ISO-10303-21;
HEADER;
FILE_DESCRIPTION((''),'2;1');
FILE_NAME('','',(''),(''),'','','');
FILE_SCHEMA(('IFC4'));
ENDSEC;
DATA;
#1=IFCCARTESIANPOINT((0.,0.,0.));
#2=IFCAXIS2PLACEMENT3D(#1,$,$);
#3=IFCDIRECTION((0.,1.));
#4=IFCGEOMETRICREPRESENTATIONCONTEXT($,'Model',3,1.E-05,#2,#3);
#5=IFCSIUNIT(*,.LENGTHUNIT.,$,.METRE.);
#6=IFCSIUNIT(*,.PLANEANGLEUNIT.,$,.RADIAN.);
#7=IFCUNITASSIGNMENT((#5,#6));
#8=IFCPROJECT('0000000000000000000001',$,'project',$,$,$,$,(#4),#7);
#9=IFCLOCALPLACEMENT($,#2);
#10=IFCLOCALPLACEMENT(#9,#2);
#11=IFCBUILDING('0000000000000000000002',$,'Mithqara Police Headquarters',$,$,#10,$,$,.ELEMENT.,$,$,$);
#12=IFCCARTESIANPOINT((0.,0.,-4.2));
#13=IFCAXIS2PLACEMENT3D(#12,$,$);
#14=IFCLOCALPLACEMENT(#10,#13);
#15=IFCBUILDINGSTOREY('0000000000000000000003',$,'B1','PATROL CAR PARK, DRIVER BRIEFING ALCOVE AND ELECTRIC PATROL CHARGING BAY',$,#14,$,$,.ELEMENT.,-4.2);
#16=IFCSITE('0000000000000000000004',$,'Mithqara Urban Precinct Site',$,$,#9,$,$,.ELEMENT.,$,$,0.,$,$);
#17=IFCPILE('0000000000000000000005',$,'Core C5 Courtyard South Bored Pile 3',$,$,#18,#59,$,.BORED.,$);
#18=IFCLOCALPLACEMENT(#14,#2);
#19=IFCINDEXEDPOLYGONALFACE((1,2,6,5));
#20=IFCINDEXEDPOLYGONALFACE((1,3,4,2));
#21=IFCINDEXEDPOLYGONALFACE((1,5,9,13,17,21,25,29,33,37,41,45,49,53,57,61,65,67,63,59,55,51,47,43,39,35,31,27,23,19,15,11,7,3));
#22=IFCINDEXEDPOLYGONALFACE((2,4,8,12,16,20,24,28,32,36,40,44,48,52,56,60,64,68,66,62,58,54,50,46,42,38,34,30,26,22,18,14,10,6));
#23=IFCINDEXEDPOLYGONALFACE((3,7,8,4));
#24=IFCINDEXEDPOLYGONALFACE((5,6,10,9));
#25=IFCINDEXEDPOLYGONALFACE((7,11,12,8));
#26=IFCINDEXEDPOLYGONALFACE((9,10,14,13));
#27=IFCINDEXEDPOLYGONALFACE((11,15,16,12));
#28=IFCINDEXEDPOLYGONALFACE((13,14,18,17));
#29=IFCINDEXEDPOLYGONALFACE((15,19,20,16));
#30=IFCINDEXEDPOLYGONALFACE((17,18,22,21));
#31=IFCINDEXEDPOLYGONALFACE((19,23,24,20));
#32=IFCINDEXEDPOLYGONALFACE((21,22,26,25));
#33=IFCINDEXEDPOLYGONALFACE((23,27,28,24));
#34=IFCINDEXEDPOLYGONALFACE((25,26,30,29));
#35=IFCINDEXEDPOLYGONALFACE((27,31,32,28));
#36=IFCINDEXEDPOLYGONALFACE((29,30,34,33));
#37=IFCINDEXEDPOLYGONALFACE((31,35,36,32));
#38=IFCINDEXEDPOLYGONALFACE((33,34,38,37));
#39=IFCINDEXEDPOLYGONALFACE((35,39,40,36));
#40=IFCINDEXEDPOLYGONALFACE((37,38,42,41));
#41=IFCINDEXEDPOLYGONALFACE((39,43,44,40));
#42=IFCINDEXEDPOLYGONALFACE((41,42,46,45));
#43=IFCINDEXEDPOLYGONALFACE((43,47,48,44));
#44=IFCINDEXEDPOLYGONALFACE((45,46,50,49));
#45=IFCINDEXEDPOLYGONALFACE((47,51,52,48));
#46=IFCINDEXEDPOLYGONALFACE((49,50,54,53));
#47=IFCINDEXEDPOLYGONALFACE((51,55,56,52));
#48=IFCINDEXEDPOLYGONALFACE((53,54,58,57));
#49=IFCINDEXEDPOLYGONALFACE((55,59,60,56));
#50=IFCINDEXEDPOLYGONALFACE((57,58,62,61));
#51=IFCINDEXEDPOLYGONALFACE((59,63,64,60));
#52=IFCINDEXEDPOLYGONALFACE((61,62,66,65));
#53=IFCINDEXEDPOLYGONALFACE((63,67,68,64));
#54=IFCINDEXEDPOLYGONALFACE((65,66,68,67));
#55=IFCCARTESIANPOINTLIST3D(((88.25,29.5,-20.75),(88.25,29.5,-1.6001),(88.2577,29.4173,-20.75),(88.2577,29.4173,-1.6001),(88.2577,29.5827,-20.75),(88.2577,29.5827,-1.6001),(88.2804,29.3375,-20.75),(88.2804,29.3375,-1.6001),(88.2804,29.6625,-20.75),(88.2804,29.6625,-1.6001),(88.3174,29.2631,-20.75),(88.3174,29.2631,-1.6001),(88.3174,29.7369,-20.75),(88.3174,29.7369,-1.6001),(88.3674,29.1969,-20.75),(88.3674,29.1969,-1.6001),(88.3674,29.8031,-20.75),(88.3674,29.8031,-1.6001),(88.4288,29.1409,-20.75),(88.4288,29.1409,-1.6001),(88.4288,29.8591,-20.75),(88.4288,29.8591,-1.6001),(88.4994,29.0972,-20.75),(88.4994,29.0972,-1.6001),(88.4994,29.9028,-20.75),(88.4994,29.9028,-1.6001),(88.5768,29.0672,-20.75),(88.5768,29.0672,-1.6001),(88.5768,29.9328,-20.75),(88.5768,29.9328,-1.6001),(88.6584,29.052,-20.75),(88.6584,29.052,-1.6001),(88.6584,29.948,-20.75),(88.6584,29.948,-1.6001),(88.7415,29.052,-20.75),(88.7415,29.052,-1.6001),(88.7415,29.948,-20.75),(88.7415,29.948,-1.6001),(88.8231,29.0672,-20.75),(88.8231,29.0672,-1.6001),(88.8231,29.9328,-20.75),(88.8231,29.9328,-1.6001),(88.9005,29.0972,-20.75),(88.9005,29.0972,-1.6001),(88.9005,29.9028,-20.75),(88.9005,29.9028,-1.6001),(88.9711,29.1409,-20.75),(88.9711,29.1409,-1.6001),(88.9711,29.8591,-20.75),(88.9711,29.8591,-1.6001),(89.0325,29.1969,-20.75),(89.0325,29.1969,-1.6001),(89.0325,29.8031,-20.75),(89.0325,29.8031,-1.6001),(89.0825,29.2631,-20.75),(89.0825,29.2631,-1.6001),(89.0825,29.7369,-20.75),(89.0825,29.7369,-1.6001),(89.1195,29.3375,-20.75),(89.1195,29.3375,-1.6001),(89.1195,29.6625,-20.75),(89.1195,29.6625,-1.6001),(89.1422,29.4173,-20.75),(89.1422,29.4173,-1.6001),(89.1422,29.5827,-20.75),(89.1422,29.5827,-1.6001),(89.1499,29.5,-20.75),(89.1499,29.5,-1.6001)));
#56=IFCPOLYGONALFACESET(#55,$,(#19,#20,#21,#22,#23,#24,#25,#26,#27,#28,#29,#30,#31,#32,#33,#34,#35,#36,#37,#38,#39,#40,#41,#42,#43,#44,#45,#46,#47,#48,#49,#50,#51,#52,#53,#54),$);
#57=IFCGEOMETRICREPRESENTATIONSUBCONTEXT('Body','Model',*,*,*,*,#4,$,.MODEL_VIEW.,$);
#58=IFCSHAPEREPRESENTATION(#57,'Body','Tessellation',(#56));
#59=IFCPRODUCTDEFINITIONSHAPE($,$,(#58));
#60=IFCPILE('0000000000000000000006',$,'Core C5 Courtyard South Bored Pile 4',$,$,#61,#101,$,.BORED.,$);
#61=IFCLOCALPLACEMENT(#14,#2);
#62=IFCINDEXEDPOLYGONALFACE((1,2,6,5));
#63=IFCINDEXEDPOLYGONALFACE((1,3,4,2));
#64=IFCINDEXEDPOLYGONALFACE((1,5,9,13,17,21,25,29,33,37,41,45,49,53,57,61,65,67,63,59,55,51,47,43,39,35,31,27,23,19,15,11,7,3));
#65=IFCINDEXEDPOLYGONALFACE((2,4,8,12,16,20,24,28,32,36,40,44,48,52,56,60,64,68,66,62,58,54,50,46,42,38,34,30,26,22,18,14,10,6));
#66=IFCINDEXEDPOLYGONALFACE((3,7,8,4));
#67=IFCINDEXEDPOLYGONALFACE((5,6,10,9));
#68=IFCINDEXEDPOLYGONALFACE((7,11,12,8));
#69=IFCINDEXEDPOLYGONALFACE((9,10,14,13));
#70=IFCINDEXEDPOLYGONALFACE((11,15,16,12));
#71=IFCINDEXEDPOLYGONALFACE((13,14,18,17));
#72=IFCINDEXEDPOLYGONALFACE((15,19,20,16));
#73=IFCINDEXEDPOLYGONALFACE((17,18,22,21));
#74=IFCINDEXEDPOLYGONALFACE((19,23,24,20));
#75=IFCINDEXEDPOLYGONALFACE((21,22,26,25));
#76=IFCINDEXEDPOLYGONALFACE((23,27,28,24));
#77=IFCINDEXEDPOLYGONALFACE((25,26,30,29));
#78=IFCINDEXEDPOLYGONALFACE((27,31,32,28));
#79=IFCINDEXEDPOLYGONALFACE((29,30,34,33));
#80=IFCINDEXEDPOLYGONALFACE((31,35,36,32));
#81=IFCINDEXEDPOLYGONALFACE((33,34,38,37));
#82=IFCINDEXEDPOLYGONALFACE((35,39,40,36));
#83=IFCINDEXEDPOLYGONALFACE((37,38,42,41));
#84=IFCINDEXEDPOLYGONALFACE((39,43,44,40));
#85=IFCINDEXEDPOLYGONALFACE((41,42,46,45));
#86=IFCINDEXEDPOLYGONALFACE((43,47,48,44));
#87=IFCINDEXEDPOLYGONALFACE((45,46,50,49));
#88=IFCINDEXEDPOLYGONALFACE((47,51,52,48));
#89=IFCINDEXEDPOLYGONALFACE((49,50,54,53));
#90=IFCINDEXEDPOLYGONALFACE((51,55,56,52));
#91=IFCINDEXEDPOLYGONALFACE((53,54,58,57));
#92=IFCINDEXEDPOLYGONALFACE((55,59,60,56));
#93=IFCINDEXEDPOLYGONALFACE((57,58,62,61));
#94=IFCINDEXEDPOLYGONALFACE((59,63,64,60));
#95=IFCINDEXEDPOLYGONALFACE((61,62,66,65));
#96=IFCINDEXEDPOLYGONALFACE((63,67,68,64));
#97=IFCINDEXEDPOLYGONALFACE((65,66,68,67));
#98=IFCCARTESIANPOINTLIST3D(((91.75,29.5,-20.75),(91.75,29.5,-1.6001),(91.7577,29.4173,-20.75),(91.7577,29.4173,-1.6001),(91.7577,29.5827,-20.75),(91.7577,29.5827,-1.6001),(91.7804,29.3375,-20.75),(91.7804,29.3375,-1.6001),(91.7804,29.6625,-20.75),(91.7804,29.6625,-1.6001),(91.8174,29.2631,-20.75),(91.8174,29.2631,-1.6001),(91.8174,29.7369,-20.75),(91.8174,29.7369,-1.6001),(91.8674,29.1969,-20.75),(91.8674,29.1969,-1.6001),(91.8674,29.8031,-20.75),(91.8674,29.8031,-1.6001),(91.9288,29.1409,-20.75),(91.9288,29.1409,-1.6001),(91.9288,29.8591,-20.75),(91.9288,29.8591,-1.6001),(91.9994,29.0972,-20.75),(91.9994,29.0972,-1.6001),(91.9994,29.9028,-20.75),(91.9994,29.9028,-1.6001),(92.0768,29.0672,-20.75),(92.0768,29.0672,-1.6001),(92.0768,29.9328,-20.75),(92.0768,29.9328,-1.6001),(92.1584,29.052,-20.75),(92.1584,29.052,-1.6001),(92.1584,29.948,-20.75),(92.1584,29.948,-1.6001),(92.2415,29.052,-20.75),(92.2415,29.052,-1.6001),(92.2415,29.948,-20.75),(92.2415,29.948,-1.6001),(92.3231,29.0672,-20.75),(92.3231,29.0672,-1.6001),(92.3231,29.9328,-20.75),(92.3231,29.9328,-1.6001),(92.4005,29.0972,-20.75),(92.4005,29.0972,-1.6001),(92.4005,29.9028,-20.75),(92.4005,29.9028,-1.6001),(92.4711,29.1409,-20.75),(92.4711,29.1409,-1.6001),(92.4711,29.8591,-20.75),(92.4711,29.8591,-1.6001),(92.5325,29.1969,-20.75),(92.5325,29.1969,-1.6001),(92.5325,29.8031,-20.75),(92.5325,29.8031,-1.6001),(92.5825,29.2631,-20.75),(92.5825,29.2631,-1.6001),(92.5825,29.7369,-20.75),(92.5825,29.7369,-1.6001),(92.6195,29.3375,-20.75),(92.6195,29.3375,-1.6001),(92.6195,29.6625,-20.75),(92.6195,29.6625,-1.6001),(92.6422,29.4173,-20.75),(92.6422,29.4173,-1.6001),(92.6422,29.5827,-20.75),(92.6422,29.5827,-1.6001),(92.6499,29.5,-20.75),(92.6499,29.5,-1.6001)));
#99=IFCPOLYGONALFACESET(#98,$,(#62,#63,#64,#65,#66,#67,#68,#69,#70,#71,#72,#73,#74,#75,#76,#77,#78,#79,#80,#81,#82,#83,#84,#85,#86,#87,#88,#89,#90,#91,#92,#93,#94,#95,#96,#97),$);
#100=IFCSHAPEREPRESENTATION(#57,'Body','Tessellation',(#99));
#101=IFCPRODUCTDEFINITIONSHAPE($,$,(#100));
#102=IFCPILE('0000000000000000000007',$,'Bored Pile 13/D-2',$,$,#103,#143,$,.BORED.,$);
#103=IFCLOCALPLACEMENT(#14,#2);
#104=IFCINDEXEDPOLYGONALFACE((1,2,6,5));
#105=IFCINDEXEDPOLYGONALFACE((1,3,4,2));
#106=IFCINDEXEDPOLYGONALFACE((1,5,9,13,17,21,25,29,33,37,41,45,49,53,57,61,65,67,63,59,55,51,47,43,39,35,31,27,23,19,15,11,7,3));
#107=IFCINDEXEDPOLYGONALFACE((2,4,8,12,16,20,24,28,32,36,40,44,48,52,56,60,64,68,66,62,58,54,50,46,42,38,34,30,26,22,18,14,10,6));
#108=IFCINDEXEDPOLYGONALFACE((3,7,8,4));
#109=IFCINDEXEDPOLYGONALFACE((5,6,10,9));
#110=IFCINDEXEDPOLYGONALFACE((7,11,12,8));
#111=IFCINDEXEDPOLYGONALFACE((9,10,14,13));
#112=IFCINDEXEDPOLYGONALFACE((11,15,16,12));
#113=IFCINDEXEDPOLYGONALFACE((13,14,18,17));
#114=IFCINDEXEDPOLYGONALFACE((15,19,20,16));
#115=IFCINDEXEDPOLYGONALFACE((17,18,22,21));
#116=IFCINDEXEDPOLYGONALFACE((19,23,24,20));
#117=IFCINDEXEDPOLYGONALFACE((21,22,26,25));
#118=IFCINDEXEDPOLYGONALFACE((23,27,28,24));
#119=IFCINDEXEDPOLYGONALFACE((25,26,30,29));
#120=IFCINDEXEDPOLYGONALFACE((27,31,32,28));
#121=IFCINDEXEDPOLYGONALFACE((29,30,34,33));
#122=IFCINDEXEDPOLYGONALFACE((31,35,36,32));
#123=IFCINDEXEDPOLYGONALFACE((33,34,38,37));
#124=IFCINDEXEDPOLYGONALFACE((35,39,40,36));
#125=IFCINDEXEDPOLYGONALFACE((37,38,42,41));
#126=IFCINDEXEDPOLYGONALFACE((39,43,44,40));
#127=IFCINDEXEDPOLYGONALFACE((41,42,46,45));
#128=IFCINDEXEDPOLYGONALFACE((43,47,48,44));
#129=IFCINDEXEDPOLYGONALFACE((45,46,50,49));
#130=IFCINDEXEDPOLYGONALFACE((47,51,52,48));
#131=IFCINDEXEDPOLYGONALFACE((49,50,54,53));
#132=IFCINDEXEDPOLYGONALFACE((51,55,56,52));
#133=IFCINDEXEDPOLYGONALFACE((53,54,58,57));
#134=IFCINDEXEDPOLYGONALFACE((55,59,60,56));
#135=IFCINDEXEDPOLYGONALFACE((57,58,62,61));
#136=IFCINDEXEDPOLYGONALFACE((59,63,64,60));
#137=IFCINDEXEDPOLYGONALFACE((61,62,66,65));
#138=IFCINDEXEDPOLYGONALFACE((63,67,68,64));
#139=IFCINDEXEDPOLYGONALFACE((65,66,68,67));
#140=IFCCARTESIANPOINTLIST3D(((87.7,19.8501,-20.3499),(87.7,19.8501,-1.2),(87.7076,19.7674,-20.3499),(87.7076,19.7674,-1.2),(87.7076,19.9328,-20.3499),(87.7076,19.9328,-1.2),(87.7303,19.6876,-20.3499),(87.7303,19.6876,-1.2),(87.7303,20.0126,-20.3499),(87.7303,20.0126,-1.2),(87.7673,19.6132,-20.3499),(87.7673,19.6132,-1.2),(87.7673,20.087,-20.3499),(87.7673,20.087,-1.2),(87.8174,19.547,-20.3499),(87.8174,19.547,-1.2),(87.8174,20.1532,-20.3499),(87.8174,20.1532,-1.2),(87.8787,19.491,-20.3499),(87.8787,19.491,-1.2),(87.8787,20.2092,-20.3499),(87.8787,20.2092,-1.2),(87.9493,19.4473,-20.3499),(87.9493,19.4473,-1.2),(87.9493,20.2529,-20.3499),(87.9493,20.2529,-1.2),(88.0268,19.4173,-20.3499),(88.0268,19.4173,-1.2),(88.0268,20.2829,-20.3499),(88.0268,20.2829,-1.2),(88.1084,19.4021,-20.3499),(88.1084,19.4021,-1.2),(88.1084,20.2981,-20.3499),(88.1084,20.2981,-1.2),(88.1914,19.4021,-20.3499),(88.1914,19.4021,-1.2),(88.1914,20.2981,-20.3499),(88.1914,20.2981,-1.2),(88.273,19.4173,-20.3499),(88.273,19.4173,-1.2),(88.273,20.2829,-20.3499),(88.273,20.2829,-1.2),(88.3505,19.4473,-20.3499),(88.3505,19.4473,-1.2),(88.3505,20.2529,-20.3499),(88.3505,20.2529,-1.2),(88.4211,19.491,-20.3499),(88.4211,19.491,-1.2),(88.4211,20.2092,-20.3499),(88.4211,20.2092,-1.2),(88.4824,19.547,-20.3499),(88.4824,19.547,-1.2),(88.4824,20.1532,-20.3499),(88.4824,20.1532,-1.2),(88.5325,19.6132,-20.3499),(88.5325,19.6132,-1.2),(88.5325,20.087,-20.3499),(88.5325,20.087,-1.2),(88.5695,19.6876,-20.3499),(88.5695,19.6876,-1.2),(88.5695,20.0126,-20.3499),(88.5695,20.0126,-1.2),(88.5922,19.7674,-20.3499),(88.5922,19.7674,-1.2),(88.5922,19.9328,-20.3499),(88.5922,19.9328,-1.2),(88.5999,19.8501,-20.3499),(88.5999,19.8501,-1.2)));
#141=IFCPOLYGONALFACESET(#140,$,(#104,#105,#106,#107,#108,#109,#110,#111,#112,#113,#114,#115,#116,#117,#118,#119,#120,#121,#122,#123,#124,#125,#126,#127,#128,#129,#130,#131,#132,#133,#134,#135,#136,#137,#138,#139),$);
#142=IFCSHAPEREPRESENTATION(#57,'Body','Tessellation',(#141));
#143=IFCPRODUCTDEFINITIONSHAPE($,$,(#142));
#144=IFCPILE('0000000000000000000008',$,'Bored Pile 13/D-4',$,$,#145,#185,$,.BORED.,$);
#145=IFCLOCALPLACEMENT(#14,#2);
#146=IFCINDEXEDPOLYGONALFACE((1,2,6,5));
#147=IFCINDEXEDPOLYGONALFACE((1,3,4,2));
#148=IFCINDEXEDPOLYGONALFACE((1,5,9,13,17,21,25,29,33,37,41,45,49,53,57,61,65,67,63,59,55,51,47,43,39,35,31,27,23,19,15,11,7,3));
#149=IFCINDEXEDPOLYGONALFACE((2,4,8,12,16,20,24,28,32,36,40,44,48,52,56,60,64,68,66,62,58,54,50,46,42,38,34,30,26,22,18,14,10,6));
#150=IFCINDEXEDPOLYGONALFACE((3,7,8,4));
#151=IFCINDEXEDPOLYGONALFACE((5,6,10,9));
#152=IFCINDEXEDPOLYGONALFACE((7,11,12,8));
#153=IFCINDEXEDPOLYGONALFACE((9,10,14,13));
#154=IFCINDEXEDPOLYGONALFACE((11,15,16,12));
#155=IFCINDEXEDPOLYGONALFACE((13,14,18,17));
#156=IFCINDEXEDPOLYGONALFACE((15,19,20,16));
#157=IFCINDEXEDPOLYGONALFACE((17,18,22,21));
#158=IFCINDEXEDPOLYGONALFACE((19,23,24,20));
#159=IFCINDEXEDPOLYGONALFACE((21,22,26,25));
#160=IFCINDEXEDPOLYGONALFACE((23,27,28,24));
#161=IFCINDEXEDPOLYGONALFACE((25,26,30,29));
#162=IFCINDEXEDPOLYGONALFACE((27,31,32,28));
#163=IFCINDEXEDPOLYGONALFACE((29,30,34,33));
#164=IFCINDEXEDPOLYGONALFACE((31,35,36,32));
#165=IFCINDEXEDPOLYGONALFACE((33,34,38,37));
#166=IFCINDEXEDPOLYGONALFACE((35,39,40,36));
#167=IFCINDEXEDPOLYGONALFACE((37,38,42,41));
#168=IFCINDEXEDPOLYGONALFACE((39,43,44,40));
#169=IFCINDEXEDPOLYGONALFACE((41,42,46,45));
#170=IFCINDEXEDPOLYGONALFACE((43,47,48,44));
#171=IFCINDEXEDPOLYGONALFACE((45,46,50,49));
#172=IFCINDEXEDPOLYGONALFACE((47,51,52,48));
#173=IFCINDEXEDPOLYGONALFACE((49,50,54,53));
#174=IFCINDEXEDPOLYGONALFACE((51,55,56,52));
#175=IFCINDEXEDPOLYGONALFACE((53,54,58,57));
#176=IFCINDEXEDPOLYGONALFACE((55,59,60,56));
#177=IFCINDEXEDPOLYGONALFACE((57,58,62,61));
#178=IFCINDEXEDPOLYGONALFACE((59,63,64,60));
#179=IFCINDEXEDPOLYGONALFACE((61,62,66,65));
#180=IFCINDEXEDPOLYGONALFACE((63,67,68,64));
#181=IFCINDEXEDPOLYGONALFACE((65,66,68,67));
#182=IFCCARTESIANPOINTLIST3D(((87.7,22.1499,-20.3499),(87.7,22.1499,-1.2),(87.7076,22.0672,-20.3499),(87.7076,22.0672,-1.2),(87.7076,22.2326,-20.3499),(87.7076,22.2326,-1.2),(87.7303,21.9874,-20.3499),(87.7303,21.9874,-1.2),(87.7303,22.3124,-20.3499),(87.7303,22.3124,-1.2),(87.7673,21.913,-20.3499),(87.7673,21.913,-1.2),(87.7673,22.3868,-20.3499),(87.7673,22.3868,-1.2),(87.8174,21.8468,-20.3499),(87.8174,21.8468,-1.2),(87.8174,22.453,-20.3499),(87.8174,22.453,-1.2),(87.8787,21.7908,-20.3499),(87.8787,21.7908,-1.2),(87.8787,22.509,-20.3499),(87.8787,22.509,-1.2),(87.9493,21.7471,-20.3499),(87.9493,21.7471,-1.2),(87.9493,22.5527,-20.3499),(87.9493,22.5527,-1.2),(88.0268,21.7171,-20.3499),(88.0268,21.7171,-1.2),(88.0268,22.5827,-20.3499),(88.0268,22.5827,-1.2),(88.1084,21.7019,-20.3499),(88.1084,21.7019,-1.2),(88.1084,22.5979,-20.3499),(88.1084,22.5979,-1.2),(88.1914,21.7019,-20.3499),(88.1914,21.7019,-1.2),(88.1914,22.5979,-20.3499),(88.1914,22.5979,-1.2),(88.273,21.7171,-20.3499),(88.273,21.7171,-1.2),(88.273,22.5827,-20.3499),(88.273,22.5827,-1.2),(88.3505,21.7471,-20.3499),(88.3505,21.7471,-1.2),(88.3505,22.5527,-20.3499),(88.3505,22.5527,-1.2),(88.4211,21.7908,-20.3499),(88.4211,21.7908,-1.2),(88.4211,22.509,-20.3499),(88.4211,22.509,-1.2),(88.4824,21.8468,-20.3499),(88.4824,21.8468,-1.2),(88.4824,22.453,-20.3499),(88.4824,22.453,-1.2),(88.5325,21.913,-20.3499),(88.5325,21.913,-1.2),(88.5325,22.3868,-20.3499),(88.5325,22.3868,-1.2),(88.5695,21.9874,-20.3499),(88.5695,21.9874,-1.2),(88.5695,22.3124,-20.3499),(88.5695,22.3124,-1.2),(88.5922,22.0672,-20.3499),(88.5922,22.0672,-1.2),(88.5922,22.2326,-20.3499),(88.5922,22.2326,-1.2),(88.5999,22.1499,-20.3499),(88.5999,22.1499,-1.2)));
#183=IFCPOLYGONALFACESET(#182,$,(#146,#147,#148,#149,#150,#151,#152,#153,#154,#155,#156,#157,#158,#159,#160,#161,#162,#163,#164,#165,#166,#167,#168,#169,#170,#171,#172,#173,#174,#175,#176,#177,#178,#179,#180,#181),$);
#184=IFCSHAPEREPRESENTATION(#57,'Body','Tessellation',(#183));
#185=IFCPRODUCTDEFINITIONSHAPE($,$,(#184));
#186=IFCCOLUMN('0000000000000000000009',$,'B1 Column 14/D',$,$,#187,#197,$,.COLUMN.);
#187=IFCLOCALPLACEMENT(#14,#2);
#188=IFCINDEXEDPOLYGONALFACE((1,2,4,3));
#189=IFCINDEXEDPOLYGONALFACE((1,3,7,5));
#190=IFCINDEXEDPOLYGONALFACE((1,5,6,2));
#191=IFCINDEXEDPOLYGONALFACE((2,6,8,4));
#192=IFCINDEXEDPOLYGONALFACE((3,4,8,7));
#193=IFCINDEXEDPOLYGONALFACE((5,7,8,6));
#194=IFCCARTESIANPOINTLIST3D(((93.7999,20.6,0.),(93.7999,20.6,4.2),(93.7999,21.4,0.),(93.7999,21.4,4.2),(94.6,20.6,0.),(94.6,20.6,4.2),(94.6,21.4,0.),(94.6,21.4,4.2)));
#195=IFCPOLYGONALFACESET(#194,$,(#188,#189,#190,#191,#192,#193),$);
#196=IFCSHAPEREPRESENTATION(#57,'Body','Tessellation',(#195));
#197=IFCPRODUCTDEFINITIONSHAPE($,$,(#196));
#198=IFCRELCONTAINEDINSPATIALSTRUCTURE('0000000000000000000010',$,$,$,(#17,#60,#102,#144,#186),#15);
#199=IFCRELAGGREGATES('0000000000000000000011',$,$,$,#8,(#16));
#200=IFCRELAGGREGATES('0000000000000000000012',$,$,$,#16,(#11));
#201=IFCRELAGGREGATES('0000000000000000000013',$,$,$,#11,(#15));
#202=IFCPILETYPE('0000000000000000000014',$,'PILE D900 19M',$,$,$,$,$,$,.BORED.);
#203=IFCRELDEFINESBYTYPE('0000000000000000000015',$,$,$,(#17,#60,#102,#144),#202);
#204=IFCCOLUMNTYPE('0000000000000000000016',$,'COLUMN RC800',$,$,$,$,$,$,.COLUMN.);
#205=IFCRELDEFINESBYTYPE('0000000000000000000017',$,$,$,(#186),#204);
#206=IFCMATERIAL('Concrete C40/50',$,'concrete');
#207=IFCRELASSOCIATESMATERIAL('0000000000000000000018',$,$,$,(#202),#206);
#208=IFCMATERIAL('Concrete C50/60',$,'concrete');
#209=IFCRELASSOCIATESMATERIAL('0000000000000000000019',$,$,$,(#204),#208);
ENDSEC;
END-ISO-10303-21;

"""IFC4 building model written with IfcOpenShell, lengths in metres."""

from ifc_helpers import new_model, si_unit, direction, frame, origin, origin_2d, place, context, subcontext, project, spatial, rectangle, circle, extrude, material, material_profile, profile_set, type_object, element, save


model = new_model("IFC4")

# Units and contexts
model_context = context("Model", 3, precision=1e-05, world=origin(), true_north=direction((0.0, 1.0)))
body_context = subcontext(model_context, "Body", "Model", "MODEL_VIEW")
ifc_project = project(units=[si_unit("LENGTHUNIT", "METRE"), si_unit("PLANEANGLEUNIT", "RADIAN")], contexts=[model_context])

# Site, building, storey
site_placement = place(None, origin())
site = spatial("IfcSite", under=ifc_project, at=site_placement, Name="Mithqara Urban Precinct Site", CompositionType="ELEMENT", RefElevation=0.0)
building_placement = place(site_placement, origin())
building = spatial("IfcBuilding", under=site, at=building_placement, Name="Mithqara Police Headquarters", CompositionType="ELEMENT")
storey_placement = place(building_placement, frame((0.0, 0.0, -4.2)))
storey = spatial("IfcBuildingStorey", under=building, at=storey_placement, Name="B1", Description="PATROL CAR PARK, DRIVER BRIEFING ALCOVE AND ELECTRIC PATROL CHARGING BAY", CompositionType="ELEMENT", Elevation=-4.2)

# Shared definitions
ifc_material_1 = material(Name="Concrete C40/50", Category="concrete")

# Piles
ifc_material_profile_1 = material_profile(ifc_material_1, circle(Radius=0.45, at=origin_2d()), Name="PILE D900")
ifc_profile_set_1 = profile_set([ifc_material_profile_1], Name="Concrete C40/50")
pile_type_1 = type_object("IfcPileType", Name="PILE D900 19M", PredefinedType="BORED", material=ifc_profile_set_1)
for number, where, z_axis, x_axis, name in (
    (1, (88.7, 29.5, -1.6001), (0.0, 0.0, -1.0), (1.0, 0.0, 0.0), "Core C5 Courtyard South Bored Pile 3"),
    (2, (92.2, 29.5, -1.6001), (0.0, 0.0, -1.0), (1.0, 0.0, 0.0), "Core C5 Courtyard South Bored Pile 4"),
    (3, (88.1499, 19.8501, -1.2), (0.0, 0.0, -1.0), (1.0, 0.0, 0.0), "Bored Pile 13/D-2"),
    (4, (88.1499, 22.1499, -1.2), (0.0, 0.0, -1.0), (1.0, 0.0, 0.0), "Bored Pile 13/D-4"),
):
    element("IfcPile", number, at=place(storey_placement, frame(where, z_axis=z_axis, x_axis=x_axis)), inside=storey, type_object=pile_type_1, Name=name, PredefinedType="BORED", context=body_context, shape_type="SweptSolid", body=[
        extrude(circle(Radius=0.45, at=origin_2d()), origin(), (0.0, 0.0, 1.0), 19.1499),
    ])

# Column
ifc_material_2 = material(Name="Concrete C50/60", Category="concrete")
ifc_material_profile_2 = material_profile(ifc_material_2, rectangle(XDim=0.8, YDim=0.8, at=origin_2d()), Name="RC 800x800")
ifc_profile_set_2 = profile_set([ifc_material_profile_2], Name="Concrete C50/60")
column_type = type_object("IfcColumnType", Name="COLUMN RC800", PredefinedType="COLUMN", material=ifc_profile_set_2)
column_placement = place(storey_placement, frame((94.2, 21.0, 0.0), z_axis=(0.0, 0.0, 1.0), x_axis=(1.0, 0.0, 0.0)))
element("IfcColumn", 5, at=column_placement, inside=storey, type_object=column_type, Name="B1 Column 14/D", PredefinedType="COLUMN", context=body_context, shape_type="SweptSolid", body=[
    extrude(rectangle(XDim=0.8, YDim=0.8, at=origin_2d()), origin(), (0.0, 0.0, 1.0), 4.2),
])

save(model, "model.ifc")
